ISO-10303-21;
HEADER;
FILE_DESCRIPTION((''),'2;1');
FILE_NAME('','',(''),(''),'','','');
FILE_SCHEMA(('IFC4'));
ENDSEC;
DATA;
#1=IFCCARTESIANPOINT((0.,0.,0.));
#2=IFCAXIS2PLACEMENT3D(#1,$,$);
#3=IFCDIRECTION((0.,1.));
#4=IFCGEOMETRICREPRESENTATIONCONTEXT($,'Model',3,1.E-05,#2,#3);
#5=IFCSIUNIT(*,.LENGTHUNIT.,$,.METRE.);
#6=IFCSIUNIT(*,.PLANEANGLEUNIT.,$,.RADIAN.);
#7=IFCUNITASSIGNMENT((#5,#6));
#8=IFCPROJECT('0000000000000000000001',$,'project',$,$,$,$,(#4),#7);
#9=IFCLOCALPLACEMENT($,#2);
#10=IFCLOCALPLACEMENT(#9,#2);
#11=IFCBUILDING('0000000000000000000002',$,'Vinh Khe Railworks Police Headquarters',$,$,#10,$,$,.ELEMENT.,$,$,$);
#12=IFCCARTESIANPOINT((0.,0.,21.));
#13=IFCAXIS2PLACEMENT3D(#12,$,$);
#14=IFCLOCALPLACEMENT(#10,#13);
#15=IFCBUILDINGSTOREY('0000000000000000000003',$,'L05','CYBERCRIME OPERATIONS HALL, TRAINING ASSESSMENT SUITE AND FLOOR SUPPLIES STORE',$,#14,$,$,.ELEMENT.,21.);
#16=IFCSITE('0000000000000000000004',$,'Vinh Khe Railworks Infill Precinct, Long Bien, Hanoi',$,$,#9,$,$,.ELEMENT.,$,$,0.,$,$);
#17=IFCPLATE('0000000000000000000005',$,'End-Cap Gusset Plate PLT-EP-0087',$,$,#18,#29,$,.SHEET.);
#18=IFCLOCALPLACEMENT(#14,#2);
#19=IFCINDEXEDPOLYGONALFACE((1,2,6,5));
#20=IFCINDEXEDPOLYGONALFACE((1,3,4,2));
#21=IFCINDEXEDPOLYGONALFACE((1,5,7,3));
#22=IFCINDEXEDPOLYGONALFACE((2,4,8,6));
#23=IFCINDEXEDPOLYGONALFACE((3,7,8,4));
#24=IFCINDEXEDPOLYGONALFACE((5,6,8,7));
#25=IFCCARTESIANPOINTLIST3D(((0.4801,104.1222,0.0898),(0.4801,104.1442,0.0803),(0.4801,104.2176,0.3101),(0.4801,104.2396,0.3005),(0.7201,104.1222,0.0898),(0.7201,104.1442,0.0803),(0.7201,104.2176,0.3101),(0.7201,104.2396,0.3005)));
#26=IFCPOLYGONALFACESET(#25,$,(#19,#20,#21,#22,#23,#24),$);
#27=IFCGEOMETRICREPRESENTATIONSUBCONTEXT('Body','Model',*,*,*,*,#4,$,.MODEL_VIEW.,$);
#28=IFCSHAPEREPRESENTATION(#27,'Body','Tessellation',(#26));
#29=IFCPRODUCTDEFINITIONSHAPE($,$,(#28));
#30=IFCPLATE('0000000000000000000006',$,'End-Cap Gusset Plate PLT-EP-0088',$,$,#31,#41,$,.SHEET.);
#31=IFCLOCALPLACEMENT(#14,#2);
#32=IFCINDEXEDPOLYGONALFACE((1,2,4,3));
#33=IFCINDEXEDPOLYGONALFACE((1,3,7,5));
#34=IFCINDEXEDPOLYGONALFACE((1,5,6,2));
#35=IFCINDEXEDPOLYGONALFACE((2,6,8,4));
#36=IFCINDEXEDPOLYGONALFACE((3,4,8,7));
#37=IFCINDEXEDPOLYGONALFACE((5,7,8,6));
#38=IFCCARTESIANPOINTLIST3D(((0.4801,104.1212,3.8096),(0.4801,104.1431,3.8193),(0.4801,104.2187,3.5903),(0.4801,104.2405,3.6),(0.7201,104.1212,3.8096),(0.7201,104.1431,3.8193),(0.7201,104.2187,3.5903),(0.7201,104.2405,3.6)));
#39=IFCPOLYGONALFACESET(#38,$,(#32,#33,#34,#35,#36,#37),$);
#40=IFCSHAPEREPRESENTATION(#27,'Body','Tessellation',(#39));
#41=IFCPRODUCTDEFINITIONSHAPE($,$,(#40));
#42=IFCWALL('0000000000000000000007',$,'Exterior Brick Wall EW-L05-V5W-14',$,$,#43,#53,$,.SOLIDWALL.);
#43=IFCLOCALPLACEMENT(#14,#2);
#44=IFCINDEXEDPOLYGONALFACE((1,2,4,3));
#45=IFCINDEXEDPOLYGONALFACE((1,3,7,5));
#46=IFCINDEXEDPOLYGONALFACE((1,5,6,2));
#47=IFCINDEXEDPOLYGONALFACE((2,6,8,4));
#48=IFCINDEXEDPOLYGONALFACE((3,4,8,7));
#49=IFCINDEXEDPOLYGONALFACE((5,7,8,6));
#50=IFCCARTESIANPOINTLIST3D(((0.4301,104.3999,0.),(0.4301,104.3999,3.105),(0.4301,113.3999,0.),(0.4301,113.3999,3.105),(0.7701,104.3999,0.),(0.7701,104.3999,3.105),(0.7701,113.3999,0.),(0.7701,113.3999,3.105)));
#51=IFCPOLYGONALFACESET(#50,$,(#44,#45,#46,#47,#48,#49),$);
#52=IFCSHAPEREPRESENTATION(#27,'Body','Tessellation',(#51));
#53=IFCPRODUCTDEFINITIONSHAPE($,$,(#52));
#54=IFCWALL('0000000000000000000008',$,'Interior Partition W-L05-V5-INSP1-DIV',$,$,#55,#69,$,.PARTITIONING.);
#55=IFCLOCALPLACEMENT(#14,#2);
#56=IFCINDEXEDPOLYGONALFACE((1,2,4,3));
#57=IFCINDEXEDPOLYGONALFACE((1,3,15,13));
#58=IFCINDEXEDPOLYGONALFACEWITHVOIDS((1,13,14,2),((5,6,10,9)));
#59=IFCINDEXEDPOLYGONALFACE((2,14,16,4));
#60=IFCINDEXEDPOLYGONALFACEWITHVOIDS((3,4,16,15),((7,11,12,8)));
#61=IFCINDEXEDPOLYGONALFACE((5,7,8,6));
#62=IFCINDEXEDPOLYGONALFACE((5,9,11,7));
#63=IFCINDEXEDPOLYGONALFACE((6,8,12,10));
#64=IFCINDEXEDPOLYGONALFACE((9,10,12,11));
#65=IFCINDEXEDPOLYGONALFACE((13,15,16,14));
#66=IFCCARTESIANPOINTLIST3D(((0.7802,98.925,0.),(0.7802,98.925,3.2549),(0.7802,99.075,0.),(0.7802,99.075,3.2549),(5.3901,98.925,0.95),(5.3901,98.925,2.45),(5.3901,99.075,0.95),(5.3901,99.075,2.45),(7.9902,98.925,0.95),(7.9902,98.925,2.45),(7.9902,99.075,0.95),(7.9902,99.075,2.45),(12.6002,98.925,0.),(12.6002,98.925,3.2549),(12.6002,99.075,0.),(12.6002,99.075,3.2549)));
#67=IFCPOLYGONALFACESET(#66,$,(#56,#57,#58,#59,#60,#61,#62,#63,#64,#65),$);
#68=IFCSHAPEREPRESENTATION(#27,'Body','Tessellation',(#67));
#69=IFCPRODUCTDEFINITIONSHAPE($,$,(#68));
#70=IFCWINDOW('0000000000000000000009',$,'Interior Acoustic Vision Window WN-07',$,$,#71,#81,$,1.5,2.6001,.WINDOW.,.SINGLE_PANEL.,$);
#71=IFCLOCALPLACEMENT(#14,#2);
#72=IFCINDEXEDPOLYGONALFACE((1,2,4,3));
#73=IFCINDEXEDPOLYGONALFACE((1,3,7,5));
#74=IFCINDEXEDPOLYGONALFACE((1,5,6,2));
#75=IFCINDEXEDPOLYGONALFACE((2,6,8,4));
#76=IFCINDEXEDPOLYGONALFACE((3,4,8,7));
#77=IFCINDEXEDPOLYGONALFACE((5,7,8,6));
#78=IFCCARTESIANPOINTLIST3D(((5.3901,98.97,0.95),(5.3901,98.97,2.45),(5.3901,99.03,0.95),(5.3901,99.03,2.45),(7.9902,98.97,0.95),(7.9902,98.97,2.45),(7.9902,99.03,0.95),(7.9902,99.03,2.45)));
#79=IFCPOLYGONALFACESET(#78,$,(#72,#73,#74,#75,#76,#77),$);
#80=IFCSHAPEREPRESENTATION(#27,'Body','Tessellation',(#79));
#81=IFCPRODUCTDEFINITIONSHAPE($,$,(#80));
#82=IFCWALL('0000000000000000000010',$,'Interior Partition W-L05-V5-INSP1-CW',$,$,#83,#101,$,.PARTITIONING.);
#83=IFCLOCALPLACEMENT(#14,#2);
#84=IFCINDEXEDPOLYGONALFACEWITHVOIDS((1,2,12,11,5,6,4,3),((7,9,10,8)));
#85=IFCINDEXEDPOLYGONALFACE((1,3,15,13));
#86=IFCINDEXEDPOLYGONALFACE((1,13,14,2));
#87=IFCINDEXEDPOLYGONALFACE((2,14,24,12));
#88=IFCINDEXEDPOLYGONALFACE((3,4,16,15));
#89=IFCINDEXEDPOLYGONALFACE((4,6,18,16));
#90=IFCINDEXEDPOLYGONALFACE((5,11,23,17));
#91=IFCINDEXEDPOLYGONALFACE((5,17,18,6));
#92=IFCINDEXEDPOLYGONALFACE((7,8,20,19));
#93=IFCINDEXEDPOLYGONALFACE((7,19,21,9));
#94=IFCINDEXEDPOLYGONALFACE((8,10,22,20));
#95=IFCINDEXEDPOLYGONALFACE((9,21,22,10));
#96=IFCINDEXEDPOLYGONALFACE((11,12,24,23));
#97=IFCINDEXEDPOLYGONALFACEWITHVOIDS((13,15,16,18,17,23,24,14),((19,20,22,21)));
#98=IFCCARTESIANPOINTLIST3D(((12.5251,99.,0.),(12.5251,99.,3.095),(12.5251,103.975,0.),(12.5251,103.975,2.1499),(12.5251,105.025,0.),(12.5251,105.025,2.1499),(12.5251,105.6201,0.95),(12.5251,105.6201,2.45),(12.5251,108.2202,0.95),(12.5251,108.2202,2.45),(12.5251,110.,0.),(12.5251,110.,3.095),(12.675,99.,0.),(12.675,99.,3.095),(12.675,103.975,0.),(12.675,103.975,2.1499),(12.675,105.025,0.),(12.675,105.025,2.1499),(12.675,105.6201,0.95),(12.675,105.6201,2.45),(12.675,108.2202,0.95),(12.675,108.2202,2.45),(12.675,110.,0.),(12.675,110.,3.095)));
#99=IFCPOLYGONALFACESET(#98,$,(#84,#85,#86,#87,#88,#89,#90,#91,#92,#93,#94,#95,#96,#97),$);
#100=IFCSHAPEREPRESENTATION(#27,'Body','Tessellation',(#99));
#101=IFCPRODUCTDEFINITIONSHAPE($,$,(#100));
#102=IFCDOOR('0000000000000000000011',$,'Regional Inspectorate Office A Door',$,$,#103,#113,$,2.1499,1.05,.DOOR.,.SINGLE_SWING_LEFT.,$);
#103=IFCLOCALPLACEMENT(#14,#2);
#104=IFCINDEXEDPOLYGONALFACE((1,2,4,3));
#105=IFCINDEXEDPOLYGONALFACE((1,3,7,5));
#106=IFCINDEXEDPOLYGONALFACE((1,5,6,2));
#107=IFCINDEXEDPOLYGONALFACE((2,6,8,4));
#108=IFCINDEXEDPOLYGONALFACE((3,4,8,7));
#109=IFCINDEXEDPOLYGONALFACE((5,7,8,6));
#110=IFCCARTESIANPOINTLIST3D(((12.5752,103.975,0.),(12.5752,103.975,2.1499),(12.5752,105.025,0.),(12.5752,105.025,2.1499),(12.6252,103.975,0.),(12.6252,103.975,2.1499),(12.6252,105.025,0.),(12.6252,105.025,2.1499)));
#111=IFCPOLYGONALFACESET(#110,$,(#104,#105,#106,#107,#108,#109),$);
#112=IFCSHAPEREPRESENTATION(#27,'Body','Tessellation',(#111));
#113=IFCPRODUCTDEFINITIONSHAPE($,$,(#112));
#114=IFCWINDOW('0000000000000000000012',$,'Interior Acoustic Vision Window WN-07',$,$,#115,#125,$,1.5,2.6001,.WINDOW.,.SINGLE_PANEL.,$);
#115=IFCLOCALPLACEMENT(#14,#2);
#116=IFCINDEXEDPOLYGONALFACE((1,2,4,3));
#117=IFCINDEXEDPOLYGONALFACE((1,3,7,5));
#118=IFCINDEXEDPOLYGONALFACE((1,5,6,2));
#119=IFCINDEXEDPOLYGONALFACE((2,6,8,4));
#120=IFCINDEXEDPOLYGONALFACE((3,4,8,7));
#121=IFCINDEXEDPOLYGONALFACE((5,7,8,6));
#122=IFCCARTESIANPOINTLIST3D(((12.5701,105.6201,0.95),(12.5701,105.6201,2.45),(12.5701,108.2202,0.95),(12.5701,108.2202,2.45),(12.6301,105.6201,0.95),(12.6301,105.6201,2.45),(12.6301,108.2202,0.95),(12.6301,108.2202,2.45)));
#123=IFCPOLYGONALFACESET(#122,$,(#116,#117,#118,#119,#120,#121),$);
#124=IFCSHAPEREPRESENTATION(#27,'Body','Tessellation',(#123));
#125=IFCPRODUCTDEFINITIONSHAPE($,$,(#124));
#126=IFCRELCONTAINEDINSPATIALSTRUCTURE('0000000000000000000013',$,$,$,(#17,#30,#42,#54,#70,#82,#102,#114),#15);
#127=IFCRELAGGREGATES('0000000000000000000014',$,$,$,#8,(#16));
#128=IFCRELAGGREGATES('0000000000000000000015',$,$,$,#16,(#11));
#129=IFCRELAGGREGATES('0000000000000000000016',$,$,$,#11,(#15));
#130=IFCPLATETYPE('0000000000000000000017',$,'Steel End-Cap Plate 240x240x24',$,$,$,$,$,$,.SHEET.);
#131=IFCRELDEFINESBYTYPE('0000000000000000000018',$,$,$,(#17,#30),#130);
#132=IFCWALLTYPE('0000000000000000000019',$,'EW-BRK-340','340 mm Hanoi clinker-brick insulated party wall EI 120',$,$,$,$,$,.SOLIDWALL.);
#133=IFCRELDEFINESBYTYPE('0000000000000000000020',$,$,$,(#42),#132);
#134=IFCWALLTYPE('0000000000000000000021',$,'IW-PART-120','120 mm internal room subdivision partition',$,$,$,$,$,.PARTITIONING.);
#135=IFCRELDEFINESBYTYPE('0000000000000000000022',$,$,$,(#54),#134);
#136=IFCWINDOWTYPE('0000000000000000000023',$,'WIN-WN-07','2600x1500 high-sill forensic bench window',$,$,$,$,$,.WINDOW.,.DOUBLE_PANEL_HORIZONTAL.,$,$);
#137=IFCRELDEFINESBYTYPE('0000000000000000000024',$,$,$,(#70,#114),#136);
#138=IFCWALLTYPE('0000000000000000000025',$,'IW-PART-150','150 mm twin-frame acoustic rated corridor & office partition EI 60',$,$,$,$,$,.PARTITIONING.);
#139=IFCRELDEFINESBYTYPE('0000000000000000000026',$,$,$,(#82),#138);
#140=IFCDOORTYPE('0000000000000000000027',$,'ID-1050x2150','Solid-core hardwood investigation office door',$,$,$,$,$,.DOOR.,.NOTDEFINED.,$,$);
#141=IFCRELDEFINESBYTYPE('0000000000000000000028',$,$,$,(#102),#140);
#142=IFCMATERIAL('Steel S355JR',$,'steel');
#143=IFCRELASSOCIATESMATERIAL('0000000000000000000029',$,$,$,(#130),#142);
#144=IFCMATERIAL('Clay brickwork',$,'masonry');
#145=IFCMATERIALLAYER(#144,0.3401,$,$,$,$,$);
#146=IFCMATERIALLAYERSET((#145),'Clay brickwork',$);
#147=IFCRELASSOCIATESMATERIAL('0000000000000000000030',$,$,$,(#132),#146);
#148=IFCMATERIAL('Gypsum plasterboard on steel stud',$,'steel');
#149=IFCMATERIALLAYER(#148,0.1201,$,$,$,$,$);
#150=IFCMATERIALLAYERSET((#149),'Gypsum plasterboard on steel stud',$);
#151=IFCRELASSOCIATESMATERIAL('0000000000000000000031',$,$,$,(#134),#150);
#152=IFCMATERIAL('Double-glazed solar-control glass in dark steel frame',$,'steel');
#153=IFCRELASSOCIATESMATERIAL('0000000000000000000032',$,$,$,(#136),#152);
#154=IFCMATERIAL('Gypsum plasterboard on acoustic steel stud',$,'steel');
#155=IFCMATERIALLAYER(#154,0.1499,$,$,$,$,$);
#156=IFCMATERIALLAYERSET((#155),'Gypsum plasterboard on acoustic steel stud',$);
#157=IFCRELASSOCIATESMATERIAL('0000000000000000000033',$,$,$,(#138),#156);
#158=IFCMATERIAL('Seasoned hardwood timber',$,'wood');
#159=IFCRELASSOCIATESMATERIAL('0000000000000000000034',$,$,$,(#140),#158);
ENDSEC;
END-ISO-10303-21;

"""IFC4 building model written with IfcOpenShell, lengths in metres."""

from ifc_helpers import new_model, si_unit, direction, frame, frame_2d, origin, origin_2d, place, context, subcontext, project, spatial, rectangle, extrude, material, layer, layer_set, material_profile, profile_set, type_object, element, fill, save


model = new_model("IFC4")

# Units and contexts
model_context = context("Model", 3, precision=1e-05, world=origin(), true_north=direction((0.0, 1.0)))
body_context = subcontext(model_context, "Body", "Model", "MODEL_VIEW")
ifc_project = project(units=[si_unit("LENGTHUNIT", "METRE"), si_unit("PLANEANGLEUNIT", "RADIAN")], contexts=[model_context])

# Site, building, storey
site_placement = place(None, origin())
site = spatial("IfcSite", under=ifc_project, at=site_placement, Name="Vinh Khe Railworks Infill Precinct, Long Bien, Hanoi", CompositionType="ELEMENT", RefElevation=0.0)
building_placement = place(site_placement, origin())
building = spatial("IfcBuilding", under=site, at=building_placement, Name="Vinh Khe Railworks Police Headquarters", CompositionType="ELEMENT")
storey_placement = place(building_placement, frame((0.0, 0.0, 21.0)))
storey = spatial("IfcBuildingStorey", under=building, at=storey_placement, Name="L05", Description="CYBERCRIME OPERATIONS HALL, TRAINING ASSESSMENT SUITE AND FLOOR SUPPLIES STORE", CompositionType="ELEMENT", Elevation=21.0)

# Shared definitions
ifc_material_1 = material(Name="Steel S355JR", Category="steel")

# Plates
ifc_material_profile_1 = material_profile(ifc_material_1, rectangle(XDim=0.24, YDim=0.24, at=origin_2d()), Name="PL 240x240")
ifc_profile_set_1 = profile_set([ifc_material_profile_1], Name="Steel S355JR")
plate_type = type_object("IfcPlateType", Name="Steel End-Cap Plate 240x240x24", PredefinedType="SHEET", material=ifc_profile_set_1)
for number, where, z_axis, x_axis, name in (
    (1, (0.6001, 104.1699, 0.2), (0.0, 0.917556, -0.397607), (-1.0, 0.0, 0.0), "End-Cap Gusset Plate PLT-EP-0087"),
    (2, (0.6001, 104.1699, 3.7), (0.0, 0.913812, 0.406138), (-1.0, 0.0, 0.0), "End-Cap Gusset Plate PLT-EP-0088"),
):
    element("IfcPlate", number, at=place(storey_placement, frame(where, z_axis=z_axis, x_axis=x_axis)), inside=storey, type_object=plate_type, Name=name, PredefinedType="SHEET", context=body_context, shape_type="SweptSolid", body=[
        extrude(rectangle(XDim=0.24, YDim=0.24, at=origin_2d()), origin(), (0.0, 0.0, 1.0), 0.0239),
    ])

# Wall
ifc_material_2 = material(Name="Clay brickwork", Category="masonry")
ifc_layer_1 = layer(ifc_material_2, 0.3401)
ifc_layer_set_1 = layer_set([ifc_layer_1], Name="Clay brickwork")
wall_type_1 = type_object("IfcWallType", Name="EW-BRK-340", Description="340 mm Hanoi clinker-brick insulated party wall EI 120", PredefinedType="SOLIDWALL", material=ifc_layer_set_1)
wall_1_placement = place(storey_placement, frame((0.6001, 104.3999, 0.0), z_axis=(0.0, 0.0, 1.0), x_axis=(0.0, 1.0, 0.0)))
element("IfcWall", 3, at=wall_1_placement, inside=storey, type_object=wall_type_1, Name="Exterior Brick Wall EW-L05-V5W-14", PredefinedType="SOLIDWALL", context=body_context, shape_type="SweptSolid", body=[
    extrude(rectangle(XDim=9.0, YDim=0.3401, at=frame_2d((4.5, 0.0))), origin(), (0.0, 0.0, 1.0), 3.105),
])

# Wall, opening, window
ifc_material_3 = material(Name="Gypsum plasterboard on steel stud", Category="steel")
ifc_layer_2 = layer(ifc_material_3, 0.1201)
ifc_layer_set_2 = layer_set([ifc_layer_2], Name="Gypsum plasterboard on steel stud")
wall_type_2 = type_object("IfcWallType", Name="IW-PART-120", Description="120 mm internal room subdivision partition", PredefinedType="PARTITIONING", material=ifc_layer_set_2)
wall_2_placement = place(storey_placement, frame((0.78, 99.0, 0.0), z_axis=(0.0, 0.0, 1.0), x_axis=(1.0, 0.0, 0.0)))
wall_2 = element("IfcWall", 4, at=wall_2_placement, inside=storey, type_object=wall_type_2, Name="Interior Partition W-L05-V5-INSP1-DIV", PredefinedType="PARTITIONING", context=body_context, shape_type="SweptSolid", body=[
    extrude(rectangle(XDim=11.8201, YDim=0.1499, at=frame_2d((5.9102, 0.0))), origin(), (0.0, 0.0, 1.0), 3.2549),
])
opening_1_placement = place(wall_2_placement, frame((4.6101, 0.0, 0.95)))
opening_1 = element("IfcOpeningElement", 5, at=opening_1_placement, cuts=wall_2, PredefinedType="OPENING", context=body_context, shape_type="SweptSolid", body=[
    extrude(rectangle(XDim=2.6001, YDim=1.5, at=frame_2d((1.3, 0.75))), frame((0.0, 0.0898, 0.0), z_axis=(0.0, -1.0, 0.0), x_axis=(1.0, 0.0, 0.0)), (0.0, 0.0, 1.0), 0.1797),
])
ifc_material_4 = material(Name="Double-glazed solar-control glass in dark steel frame", Category="steel")
window_type = type_object("IfcWindowType", Name="WIN-WN-07", Description="2600x1500 high-sill forensic bench window", PartitioningType="DOUBLE_PANEL_HORIZONTAL", PredefinedType="WINDOW", material=ifc_material_4)
window_1_placement = place(opening_1_placement, origin())
window_1 = element("IfcWindow", 6, at=window_1_placement, inside=storey, type_object=window_type, Name="Interior Acoustic Vision Window WN-07", OverallHeight=1.5, OverallWidth=2.6001, PartitioningType="SINGLE_PANEL", PredefinedType="WINDOW", context=body_context, shape_type="SweptSolid", body=[
    extrude(rectangle(XDim=2.6001, YDim=1.5, at=frame_2d((1.3, 0.75))), frame((0.0, 0.03, 0.0), z_axis=(0.0, -1.0, 0.0), x_axis=(1.0, 0.0, 0.0)), (0.0, 0.0, 1.0), 0.0601),
])
fill(opening_1, window_1)

# Wall, openings, door, window
ifc_material_5 = material(Name="Gypsum plasterboard on acoustic steel stud", Category="steel")
ifc_layer_3 = layer(ifc_material_5, 0.1499)
ifc_layer_set_3 = layer_set([ifc_layer_3], Name="Gypsum plasterboard on acoustic steel stud")
wall_type_3 = type_object("IfcWallType", Name="IW-PART-150", Description="150 mm twin-frame acoustic rated corridor & office partition EI 60", PredefinedType="PARTITIONING", material=ifc_layer_set_3)
wall_3_placement = place(storey_placement, frame((12.6001, 99.0, 0.0), z_axis=(0.0, 0.0, 1.0), x_axis=(0.0, 1.0, 0.0)))
wall_3 = element("IfcWall", 7, at=wall_3_placement, inside=storey, type_object=wall_type_3, Name="Interior Partition W-L05-V5-INSP1-CW", PredefinedType="PARTITIONING", context=body_context, shape_type="SweptSolid", body=[
    extrude(rectangle(XDim=11.0, YDim=0.1499, at=frame_2d((5.5, 0.0))), origin(), (0.0, 0.0, 1.0), 3.095),
])
opening_2_placement = place(wall_3_placement, frame((4.9751, 0.0, 0.0)))
opening_2 = element("IfcOpeningElement", 8, at=opening_2_placement, cuts=wall_3, PredefinedType="OPENING", context=body_context, shape_type="SweptSolid", body=[
    extrude(rectangle(XDim=1.05, YDim=2.1499, at=frame_2d((0.5249, 1.075))), frame((0.0, 0.0898, 0.0), z_axis=(0.0, -1.0, 0.0), x_axis=(1.0, 0.0, 0.0)), (0.0, 0.0, 1.0), 0.1797),
])
opening_3_placement = place(wall_3_placement, frame((6.6201, 0.0, 0.95)))
opening_3 = element("IfcOpeningElement", 9, at=opening_3_placement, cuts=wall_3, PredefinedType="OPENING", context=body_context, shape_type="SweptSolid", body=[
    extrude(rectangle(XDim=2.6001, YDim=1.5, at=frame_2d((1.3, 0.75))), frame((0.0, 0.0898, 0.0), z_axis=(0.0, -1.0, 0.0), x_axis=(1.0, 0.0, 0.0)), (0.0, 0.0, 1.0), 0.1797),
])
ifc_material_6 = material(Name="Seasoned hardwood timber", Category="wood")
door_type = type_object("IfcDoorType", Name="ID-1050x2150", Description="Solid-core hardwood investigation office door", OperationType="NOTDEFINED", PredefinedType="DOOR", material=ifc_material_6)
door_placement = place(opening_2_placement, origin())
door = element("IfcDoor", 10, at=door_placement, inside=storey, type_object=door_type, Name="Regional Inspectorate Office A Door", OperationType="SINGLE_SWING_LEFT", OverallHeight=2.1499, OverallWidth=1.05, PredefinedType="DOOR", context=body_context, shape_type="SweptSolid", body=[
    extrude(rectangle(XDim=1.05, YDim=2.1499, at=frame_2d((0.5249, 1.075))), frame((0.0, 0.0249, 0.0), z_axis=(0.0, -1.0, 0.0), x_axis=(1.0, 0.0, 0.0)), (0.0, 0.0, 1.0), 0.05),
])
fill(opening_2, door)
window_2_placement = place(opening_3_placement, origin())
window_2 = element("IfcWindow", 11, at=window_2_placement, inside=storey, type_object=window_type, Name="Interior Acoustic Vision Window WN-07", OverallHeight=1.5, OverallWidth=2.6001, PartitioningType="SINGLE_PANEL", PredefinedType="WINDOW", context=body_context, shape_type="SweptSolid", body=[
    extrude(rectangle(XDim=2.6001, YDim=1.5, at=frame_2d((1.3, 0.75))), frame((0.0, 0.03, 0.0), z_axis=(0.0, -1.0, 0.0), x_axis=(1.0, 0.0, 0.0)), (0.0, 0.0, 1.0), 0.0601),
])
fill(opening_3, window_2)

save(model, "model.ifc")
